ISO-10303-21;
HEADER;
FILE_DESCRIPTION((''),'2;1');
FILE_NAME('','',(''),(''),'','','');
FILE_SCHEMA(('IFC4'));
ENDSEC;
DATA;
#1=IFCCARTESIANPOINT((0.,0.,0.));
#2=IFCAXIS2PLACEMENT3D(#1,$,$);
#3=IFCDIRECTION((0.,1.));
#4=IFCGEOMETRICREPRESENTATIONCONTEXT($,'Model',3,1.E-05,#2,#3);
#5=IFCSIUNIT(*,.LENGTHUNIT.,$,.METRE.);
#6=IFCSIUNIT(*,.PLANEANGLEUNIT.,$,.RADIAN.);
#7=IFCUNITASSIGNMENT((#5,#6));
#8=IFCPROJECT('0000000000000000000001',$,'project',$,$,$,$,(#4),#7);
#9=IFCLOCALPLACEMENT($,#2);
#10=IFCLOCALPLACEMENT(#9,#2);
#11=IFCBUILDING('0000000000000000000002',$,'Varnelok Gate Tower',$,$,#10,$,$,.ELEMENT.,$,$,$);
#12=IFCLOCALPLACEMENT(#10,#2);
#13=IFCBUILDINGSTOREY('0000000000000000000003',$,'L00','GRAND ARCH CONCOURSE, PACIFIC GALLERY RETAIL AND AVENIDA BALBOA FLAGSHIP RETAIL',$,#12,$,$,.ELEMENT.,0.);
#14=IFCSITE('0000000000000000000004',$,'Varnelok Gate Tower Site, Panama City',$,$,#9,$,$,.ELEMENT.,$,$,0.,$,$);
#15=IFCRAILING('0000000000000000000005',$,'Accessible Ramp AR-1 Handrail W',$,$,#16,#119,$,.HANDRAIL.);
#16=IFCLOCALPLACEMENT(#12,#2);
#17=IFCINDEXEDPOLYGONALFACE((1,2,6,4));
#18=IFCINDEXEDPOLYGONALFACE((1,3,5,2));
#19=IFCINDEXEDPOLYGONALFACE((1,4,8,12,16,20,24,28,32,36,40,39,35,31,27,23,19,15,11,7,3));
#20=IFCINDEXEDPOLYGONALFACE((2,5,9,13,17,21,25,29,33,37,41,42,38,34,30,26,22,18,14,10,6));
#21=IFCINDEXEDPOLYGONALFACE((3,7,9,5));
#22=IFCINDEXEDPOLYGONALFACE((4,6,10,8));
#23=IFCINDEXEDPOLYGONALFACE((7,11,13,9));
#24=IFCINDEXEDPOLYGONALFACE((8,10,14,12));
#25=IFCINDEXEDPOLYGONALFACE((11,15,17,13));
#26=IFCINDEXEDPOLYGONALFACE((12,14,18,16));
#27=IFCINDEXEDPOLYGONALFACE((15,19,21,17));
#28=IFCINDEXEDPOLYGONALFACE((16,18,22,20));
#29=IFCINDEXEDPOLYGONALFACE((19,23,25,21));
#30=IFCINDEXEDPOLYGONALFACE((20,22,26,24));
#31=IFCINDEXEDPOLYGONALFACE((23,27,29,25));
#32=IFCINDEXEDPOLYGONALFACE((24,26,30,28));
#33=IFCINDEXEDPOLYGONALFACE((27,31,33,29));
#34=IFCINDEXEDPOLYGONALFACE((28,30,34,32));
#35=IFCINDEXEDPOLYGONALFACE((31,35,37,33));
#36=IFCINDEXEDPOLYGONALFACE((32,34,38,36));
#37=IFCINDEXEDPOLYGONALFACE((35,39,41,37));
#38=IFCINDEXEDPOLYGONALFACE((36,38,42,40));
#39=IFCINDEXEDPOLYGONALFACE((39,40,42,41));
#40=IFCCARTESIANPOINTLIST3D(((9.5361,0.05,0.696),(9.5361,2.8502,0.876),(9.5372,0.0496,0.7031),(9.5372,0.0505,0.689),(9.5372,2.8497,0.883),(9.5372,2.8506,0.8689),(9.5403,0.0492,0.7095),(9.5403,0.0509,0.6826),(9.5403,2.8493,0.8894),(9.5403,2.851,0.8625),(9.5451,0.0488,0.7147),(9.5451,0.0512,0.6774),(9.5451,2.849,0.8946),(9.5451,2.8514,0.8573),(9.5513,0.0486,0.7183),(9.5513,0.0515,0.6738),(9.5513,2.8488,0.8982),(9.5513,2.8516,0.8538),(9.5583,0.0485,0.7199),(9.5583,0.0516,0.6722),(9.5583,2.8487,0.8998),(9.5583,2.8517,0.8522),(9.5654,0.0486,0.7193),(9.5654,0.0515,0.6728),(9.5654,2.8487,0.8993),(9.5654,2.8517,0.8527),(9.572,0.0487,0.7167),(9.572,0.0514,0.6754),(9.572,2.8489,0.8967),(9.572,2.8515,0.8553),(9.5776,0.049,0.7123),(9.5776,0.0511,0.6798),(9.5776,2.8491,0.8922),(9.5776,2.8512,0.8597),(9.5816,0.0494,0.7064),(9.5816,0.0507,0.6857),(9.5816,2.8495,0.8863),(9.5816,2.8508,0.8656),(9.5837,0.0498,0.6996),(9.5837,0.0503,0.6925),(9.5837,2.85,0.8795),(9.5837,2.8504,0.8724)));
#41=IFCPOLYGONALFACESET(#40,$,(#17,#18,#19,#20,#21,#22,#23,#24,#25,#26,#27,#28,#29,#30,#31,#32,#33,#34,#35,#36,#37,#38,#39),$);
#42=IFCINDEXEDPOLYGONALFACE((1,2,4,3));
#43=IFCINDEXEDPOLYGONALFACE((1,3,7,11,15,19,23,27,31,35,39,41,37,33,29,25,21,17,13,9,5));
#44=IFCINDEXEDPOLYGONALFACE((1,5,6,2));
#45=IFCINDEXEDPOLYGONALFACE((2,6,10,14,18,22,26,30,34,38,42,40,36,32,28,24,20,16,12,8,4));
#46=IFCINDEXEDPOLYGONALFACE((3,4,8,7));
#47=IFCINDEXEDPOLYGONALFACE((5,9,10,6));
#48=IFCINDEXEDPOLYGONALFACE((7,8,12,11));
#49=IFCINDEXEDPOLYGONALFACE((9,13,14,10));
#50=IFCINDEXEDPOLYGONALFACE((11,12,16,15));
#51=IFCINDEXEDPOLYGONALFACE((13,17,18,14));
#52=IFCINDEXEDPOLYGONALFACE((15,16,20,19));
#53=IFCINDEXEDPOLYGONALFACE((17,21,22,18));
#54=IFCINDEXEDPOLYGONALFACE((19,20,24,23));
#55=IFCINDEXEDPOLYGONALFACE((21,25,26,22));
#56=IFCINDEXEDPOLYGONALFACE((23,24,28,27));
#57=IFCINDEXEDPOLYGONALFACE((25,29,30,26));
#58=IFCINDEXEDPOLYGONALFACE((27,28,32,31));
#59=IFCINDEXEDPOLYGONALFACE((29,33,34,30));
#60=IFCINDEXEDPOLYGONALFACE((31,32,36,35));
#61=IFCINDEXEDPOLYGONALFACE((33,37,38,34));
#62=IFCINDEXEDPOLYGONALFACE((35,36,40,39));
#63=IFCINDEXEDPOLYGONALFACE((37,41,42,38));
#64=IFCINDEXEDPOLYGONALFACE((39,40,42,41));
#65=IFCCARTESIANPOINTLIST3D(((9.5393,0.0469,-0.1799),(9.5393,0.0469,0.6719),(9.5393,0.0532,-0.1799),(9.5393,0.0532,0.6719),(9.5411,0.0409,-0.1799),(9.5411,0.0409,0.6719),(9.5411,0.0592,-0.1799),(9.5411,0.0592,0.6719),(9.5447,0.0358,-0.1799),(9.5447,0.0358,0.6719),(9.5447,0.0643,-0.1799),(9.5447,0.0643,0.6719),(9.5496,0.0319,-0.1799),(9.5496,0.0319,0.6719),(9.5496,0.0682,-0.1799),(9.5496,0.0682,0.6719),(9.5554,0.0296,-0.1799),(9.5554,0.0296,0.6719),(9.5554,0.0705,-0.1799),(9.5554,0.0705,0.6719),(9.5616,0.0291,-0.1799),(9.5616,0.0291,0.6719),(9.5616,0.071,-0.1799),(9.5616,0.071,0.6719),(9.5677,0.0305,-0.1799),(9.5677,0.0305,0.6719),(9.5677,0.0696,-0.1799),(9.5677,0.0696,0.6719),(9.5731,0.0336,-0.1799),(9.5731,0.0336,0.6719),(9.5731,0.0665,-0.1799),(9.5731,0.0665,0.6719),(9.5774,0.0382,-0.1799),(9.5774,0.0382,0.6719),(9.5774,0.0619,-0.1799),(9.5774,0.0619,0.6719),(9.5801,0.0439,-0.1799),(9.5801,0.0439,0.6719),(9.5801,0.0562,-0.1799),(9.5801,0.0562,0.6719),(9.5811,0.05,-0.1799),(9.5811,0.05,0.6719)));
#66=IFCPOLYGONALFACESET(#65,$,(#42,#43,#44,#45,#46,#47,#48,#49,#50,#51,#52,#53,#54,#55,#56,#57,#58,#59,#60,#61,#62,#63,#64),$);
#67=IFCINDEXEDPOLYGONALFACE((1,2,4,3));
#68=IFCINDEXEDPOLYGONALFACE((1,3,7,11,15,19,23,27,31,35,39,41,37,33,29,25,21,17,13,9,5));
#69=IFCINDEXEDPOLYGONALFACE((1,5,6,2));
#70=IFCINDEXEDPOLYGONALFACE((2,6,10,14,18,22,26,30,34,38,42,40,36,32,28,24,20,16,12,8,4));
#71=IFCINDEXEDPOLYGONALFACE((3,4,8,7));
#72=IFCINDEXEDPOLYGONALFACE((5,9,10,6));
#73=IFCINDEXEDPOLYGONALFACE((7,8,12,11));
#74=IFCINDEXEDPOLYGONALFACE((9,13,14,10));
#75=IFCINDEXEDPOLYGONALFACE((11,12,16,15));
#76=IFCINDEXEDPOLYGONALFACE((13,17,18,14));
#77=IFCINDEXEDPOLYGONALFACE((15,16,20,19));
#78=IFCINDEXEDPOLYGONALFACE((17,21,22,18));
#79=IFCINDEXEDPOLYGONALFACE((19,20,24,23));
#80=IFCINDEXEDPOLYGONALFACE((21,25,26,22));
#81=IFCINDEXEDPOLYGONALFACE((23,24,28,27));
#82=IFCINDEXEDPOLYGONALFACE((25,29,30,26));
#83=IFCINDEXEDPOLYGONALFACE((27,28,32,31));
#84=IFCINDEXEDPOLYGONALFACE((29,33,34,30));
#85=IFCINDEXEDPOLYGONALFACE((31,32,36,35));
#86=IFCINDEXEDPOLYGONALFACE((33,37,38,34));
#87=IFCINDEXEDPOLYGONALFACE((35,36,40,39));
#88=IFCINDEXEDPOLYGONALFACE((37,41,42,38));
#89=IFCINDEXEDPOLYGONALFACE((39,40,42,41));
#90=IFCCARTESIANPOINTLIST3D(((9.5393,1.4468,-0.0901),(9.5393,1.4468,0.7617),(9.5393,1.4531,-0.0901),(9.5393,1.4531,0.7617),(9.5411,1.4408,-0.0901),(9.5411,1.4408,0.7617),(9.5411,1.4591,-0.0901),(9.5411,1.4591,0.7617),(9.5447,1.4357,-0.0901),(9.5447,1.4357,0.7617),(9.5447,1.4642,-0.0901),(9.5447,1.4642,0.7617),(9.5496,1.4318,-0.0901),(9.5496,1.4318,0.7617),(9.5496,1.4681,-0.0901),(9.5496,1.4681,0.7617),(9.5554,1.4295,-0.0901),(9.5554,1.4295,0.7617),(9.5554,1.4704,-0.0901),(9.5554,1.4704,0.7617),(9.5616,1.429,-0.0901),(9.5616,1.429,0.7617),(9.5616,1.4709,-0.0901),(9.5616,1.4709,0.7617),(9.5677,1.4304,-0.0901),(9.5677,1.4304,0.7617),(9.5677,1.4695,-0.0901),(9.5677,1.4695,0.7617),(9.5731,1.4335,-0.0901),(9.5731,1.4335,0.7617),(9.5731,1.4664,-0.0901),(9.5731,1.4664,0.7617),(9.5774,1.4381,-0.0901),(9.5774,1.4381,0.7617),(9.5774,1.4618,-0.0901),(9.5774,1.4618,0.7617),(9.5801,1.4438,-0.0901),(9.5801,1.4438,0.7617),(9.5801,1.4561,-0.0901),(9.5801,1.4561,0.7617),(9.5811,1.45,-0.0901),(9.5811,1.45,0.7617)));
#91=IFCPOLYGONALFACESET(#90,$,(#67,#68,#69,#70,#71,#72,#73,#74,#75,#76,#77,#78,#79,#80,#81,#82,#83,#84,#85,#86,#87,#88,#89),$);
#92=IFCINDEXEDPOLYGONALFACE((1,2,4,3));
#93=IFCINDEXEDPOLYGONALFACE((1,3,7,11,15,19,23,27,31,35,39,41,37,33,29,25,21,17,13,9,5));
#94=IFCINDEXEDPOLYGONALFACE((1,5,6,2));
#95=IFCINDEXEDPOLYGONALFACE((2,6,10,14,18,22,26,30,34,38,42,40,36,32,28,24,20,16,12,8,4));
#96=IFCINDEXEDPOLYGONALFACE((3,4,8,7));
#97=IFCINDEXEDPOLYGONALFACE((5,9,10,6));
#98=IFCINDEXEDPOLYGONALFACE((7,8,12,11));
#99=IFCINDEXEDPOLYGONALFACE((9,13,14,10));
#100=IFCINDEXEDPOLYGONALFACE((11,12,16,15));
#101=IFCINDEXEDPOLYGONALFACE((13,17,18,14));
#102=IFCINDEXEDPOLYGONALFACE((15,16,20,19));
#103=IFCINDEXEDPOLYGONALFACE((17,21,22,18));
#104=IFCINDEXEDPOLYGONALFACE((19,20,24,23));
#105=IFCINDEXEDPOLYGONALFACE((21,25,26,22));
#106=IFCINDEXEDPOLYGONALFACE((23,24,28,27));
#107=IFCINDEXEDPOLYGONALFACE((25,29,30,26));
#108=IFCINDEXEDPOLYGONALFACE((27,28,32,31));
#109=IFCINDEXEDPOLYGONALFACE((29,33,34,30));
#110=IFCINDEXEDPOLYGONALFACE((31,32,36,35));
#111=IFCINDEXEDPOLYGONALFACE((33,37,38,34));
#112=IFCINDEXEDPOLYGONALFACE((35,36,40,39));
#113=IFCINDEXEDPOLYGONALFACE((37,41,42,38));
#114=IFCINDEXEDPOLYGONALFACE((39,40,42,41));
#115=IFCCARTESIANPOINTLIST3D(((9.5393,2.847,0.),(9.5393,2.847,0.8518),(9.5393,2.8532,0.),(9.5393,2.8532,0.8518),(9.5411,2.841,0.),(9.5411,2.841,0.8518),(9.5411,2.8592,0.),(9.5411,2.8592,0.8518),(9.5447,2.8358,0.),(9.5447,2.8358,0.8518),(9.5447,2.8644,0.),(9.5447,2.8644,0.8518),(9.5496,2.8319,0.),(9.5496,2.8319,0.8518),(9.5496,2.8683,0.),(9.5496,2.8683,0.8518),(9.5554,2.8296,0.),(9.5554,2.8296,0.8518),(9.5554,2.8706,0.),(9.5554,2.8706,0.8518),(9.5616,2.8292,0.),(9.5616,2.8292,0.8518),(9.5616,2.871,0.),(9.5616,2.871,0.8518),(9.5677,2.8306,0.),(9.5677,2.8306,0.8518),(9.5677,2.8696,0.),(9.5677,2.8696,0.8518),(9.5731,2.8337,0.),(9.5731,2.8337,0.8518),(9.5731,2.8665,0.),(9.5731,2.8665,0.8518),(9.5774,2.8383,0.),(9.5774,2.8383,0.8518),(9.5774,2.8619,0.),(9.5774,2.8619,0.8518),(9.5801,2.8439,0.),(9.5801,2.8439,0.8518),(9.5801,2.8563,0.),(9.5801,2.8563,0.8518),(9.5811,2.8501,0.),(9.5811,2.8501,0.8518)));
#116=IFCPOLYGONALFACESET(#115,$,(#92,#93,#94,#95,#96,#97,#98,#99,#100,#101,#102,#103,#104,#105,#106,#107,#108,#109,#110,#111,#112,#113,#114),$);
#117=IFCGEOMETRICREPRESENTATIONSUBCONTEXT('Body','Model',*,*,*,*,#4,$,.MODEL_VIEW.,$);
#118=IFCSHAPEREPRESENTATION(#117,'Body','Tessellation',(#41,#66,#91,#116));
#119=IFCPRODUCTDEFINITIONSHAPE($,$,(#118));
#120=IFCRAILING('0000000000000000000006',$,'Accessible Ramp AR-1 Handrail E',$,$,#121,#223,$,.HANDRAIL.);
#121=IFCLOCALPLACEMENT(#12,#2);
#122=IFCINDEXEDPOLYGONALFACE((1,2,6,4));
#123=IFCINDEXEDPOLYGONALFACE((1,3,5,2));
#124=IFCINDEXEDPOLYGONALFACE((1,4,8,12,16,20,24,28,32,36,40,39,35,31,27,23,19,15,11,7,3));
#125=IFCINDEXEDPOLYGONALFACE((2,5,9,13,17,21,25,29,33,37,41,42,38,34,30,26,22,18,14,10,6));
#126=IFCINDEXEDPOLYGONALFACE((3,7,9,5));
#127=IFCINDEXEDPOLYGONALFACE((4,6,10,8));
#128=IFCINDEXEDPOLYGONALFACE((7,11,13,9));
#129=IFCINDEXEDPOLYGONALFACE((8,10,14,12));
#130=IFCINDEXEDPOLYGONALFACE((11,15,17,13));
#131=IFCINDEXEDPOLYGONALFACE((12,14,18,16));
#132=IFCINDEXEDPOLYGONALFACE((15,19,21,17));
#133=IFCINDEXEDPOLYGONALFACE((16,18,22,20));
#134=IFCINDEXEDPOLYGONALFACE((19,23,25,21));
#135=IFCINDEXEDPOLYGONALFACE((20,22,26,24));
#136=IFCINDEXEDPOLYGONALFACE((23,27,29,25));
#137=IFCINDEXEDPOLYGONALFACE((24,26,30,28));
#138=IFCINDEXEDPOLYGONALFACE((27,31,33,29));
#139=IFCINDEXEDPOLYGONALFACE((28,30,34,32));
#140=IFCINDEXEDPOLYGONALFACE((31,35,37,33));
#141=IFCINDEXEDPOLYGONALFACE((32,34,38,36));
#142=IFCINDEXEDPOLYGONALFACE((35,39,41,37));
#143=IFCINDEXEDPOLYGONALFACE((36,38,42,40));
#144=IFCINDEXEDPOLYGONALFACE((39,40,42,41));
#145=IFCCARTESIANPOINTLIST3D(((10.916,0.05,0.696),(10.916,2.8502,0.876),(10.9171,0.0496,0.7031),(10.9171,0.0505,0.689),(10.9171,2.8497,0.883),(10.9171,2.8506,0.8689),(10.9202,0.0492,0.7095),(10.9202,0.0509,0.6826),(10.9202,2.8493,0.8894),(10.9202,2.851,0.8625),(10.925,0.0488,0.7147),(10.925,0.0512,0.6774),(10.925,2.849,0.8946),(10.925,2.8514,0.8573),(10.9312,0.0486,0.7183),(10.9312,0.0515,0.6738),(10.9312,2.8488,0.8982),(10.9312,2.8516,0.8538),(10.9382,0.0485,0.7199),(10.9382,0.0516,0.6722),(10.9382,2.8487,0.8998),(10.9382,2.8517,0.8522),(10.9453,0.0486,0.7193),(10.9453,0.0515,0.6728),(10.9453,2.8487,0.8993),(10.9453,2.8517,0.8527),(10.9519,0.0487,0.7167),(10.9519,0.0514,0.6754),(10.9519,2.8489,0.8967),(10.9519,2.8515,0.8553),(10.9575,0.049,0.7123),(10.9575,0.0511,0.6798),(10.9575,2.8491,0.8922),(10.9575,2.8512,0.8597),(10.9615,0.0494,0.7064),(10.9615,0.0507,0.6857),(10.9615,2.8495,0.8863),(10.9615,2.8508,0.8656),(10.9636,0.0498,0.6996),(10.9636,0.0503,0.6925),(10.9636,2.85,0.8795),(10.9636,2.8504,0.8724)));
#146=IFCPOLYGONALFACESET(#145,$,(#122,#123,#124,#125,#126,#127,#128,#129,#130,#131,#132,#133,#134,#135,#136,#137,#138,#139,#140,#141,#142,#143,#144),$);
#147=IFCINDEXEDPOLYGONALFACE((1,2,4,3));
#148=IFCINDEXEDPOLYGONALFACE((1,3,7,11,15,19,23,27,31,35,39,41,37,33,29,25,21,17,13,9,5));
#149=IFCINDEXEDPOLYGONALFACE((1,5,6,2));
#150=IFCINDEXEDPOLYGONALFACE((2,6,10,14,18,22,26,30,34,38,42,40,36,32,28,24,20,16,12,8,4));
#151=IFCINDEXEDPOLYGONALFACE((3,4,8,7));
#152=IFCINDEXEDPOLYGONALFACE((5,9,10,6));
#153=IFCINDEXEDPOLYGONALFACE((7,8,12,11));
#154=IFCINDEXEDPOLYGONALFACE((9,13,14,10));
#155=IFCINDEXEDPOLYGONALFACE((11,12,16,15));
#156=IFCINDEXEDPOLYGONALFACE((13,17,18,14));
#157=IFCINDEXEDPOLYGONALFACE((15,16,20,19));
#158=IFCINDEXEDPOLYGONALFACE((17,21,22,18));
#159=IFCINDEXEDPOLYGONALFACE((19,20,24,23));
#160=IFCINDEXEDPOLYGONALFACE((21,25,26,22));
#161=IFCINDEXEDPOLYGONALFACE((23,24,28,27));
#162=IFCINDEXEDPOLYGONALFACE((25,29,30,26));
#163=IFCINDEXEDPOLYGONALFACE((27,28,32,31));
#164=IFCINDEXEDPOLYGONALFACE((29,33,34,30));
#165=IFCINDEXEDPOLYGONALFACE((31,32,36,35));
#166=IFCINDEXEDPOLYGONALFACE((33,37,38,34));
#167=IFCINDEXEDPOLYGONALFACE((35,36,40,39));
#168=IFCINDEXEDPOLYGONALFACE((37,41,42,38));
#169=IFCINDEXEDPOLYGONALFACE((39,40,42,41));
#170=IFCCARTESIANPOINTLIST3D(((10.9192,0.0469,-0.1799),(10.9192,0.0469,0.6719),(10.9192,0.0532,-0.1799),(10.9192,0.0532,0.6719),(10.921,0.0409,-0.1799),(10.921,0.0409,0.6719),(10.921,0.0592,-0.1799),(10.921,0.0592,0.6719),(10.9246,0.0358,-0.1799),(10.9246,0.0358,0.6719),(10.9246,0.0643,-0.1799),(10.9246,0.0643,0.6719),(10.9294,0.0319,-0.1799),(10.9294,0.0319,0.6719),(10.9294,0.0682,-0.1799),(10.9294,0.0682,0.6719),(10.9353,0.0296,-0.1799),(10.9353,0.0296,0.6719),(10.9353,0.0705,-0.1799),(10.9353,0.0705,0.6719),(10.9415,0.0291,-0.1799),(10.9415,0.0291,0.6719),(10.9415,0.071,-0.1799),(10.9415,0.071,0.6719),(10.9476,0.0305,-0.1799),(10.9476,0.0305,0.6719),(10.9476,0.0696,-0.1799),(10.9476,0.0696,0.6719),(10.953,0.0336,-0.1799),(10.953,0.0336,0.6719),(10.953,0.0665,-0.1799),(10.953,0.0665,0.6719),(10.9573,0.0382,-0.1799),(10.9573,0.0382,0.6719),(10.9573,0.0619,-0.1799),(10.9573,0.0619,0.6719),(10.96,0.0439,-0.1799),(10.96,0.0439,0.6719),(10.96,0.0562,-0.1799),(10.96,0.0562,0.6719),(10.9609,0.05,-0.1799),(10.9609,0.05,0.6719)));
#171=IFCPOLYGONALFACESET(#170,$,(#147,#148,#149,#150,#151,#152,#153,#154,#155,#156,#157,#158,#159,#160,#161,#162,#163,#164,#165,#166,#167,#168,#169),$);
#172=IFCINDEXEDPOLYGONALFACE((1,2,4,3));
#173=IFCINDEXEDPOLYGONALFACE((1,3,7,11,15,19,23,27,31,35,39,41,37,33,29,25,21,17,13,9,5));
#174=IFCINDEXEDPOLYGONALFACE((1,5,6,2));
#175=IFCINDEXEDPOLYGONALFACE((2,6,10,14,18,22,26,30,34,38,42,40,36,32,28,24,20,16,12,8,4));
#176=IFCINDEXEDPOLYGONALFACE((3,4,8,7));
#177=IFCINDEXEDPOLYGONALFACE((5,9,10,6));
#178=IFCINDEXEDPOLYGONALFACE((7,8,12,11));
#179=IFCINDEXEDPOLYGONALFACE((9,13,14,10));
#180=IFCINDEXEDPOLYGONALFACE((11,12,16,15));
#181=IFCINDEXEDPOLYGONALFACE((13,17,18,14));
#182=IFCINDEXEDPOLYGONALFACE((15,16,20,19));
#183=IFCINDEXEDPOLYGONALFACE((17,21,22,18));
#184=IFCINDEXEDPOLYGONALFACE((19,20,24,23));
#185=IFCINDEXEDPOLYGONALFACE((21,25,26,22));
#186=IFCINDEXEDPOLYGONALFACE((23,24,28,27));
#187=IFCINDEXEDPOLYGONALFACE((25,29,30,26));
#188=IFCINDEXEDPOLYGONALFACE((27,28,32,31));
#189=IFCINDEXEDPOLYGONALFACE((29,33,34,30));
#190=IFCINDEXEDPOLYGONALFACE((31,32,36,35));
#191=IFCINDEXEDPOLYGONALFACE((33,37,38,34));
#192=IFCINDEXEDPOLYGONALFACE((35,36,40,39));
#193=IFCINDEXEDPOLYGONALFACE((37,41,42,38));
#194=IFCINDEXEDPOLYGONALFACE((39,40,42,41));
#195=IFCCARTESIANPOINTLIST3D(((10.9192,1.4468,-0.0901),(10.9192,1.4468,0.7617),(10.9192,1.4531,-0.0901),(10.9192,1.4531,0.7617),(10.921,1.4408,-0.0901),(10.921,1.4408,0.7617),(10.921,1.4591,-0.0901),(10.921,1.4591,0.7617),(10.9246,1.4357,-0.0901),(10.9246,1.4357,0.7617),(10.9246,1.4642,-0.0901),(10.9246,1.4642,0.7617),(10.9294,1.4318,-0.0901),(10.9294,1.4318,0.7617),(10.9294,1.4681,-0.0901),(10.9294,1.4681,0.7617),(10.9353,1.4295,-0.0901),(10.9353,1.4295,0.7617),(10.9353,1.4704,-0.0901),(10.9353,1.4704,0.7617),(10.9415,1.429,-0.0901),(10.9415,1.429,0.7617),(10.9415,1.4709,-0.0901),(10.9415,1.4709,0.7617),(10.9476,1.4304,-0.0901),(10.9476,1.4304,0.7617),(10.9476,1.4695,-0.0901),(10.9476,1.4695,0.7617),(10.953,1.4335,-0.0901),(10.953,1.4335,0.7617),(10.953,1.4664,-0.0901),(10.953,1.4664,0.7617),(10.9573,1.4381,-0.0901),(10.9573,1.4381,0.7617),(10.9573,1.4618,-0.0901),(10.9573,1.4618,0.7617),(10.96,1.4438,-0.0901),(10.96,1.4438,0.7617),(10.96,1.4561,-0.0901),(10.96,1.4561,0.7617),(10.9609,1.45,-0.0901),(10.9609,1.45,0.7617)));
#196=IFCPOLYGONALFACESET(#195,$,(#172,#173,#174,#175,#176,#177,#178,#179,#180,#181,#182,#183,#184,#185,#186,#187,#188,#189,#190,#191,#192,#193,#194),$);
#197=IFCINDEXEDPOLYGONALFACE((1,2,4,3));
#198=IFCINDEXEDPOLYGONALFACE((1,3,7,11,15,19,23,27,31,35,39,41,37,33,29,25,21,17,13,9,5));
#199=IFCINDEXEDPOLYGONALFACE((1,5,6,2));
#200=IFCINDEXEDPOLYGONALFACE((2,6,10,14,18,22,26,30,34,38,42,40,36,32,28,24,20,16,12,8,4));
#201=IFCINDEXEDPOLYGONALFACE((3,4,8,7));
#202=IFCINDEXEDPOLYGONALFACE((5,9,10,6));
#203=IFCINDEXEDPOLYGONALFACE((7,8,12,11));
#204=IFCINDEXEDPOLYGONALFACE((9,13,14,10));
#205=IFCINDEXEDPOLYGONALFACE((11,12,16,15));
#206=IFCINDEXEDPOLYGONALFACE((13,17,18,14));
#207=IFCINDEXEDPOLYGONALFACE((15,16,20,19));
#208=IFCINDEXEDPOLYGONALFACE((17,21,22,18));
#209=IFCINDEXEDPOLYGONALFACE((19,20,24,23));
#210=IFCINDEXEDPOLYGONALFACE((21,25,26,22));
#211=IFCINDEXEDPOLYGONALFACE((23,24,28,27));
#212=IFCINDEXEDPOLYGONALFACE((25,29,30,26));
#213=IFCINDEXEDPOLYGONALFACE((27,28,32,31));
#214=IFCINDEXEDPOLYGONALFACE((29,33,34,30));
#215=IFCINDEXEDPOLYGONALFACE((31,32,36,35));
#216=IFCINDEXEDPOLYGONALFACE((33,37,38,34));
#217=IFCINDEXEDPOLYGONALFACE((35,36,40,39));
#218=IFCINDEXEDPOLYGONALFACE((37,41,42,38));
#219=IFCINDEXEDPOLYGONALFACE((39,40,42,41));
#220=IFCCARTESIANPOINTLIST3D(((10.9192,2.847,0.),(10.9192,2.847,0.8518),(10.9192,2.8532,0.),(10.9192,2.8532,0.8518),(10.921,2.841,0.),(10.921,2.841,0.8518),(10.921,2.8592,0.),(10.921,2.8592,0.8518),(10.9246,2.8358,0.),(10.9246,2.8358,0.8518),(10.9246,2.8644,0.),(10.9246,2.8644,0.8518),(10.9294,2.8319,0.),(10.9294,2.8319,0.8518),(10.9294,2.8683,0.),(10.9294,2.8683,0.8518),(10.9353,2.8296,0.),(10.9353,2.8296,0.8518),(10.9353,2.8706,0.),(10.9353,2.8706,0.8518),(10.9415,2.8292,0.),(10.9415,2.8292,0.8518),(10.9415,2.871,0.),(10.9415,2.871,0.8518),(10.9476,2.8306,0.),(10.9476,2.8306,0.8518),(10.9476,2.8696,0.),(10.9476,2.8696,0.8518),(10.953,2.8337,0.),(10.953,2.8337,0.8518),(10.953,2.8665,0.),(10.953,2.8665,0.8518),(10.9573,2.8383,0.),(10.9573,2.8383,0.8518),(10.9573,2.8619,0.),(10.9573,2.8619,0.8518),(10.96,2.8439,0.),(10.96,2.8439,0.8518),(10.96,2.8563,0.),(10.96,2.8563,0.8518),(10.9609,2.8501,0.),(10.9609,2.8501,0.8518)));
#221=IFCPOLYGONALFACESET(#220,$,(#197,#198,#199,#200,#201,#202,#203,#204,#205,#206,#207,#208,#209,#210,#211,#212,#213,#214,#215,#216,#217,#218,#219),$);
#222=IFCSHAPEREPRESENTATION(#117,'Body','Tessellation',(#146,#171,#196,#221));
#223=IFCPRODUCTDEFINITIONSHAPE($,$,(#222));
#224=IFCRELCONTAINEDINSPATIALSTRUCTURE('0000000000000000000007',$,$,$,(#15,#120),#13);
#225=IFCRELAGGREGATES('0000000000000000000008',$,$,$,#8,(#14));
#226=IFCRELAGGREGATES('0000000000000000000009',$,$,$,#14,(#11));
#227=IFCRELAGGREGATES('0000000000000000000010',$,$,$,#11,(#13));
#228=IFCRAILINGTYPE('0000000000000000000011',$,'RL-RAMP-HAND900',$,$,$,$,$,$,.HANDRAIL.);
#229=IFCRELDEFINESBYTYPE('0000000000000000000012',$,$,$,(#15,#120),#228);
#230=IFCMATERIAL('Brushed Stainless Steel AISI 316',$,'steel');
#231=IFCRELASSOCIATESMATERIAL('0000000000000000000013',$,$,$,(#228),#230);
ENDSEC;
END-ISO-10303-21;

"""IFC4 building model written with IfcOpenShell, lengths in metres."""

from ifc_helpers import new_model, si_unit, direction, frame, origin, origin_2d, place, context, subcontext, project, spatial, circle, extrude, material, type_object, element, save


model = new_model("IFC4")

# Units and contexts
model_context = context("Model", 3, precision=1e-05, world=origin(), true_north=direction((0.0, 1.0)))
body_context = subcontext(model_context, "Body", "Model", "MODEL_VIEW")
ifc_project = project(units=[si_unit("LENGTHUNIT", "METRE"), si_unit("PLANEANGLEUNIT", "RADIAN")], contexts=[model_context])

# Site, building, storey
site_placement = place(None, origin())
site = spatial("IfcSite", under=ifc_project, at=site_placement, Name="Varnelok Gate Tower Site, Panama City", CompositionType="ELEMENT", RefElevation=0.0)
building_placement = place(site_placement, origin())
building = spatial("IfcBuilding", under=site, at=building_placement, Name="Varnelok Gate Tower", CompositionType="ELEMENT")
storey_placement = place(building_placement, origin())
storey = spatial("IfcBuildingStorey", under=building, at=storey_placement, Name="L00", Description="GRAND ARCH CONCOURSE, PACIFIC GALLERY RETAIL AND AVENIDA BALBOA FLAGSHIP RETAIL", CompositionType="ELEMENT", Elevation=0.0)

# Railings
ifc_material_1 = material(Name="Brushed Stainless Steel AISI 316", Category="steel")
railing_type_1 = type_object("IfcRailingType", Name="RL-RAMP-HAND900", PredefinedType="HANDRAIL", material=ifc_material_1)
for number, where, name in (
    (1, (9.5601, 0.05, -0.1799), "Accessible Ramp AR-1 Handrail W"),
    (2, (10.9399, 0.05, -0.1799), "Accessible Ramp AR-1 Handrail E"),
):
    element("IfcRailing", number, at=place(storey_placement, frame(where)), inside=storey, type_object=railing_type_1, Name=name, PredefinedType="HANDRAIL", context=body_context, shape_type="SweptSolid", body=[
        extrude(circle(Radius=0.0239, at=origin_2d()), frame((0.0, 0.0, 0.876), z_axis=(0.0, 0.997942, 0.064128), x_axis=(-1.0, 0.0, 0.0)), (0.0, 0.0, 1.0), 2.8059),
        extrude(circle(Radius=0.021, at=origin_2d()), origin(), (0.0, 0.0, 1.0), 0.8518),
        extrude(circle(Radius=0.021, at=origin_2d()), frame((0.0, 1.3999, 0.0898)), (0.0, 0.0, 1.0), 0.8518),
        extrude(circle(Radius=0.021, at=origin_2d()), frame((0.0, 2.8, 0.1799)), (0.0, 0.0, 1.0), 0.8518),
    ])

save(model, "model.ifc")
